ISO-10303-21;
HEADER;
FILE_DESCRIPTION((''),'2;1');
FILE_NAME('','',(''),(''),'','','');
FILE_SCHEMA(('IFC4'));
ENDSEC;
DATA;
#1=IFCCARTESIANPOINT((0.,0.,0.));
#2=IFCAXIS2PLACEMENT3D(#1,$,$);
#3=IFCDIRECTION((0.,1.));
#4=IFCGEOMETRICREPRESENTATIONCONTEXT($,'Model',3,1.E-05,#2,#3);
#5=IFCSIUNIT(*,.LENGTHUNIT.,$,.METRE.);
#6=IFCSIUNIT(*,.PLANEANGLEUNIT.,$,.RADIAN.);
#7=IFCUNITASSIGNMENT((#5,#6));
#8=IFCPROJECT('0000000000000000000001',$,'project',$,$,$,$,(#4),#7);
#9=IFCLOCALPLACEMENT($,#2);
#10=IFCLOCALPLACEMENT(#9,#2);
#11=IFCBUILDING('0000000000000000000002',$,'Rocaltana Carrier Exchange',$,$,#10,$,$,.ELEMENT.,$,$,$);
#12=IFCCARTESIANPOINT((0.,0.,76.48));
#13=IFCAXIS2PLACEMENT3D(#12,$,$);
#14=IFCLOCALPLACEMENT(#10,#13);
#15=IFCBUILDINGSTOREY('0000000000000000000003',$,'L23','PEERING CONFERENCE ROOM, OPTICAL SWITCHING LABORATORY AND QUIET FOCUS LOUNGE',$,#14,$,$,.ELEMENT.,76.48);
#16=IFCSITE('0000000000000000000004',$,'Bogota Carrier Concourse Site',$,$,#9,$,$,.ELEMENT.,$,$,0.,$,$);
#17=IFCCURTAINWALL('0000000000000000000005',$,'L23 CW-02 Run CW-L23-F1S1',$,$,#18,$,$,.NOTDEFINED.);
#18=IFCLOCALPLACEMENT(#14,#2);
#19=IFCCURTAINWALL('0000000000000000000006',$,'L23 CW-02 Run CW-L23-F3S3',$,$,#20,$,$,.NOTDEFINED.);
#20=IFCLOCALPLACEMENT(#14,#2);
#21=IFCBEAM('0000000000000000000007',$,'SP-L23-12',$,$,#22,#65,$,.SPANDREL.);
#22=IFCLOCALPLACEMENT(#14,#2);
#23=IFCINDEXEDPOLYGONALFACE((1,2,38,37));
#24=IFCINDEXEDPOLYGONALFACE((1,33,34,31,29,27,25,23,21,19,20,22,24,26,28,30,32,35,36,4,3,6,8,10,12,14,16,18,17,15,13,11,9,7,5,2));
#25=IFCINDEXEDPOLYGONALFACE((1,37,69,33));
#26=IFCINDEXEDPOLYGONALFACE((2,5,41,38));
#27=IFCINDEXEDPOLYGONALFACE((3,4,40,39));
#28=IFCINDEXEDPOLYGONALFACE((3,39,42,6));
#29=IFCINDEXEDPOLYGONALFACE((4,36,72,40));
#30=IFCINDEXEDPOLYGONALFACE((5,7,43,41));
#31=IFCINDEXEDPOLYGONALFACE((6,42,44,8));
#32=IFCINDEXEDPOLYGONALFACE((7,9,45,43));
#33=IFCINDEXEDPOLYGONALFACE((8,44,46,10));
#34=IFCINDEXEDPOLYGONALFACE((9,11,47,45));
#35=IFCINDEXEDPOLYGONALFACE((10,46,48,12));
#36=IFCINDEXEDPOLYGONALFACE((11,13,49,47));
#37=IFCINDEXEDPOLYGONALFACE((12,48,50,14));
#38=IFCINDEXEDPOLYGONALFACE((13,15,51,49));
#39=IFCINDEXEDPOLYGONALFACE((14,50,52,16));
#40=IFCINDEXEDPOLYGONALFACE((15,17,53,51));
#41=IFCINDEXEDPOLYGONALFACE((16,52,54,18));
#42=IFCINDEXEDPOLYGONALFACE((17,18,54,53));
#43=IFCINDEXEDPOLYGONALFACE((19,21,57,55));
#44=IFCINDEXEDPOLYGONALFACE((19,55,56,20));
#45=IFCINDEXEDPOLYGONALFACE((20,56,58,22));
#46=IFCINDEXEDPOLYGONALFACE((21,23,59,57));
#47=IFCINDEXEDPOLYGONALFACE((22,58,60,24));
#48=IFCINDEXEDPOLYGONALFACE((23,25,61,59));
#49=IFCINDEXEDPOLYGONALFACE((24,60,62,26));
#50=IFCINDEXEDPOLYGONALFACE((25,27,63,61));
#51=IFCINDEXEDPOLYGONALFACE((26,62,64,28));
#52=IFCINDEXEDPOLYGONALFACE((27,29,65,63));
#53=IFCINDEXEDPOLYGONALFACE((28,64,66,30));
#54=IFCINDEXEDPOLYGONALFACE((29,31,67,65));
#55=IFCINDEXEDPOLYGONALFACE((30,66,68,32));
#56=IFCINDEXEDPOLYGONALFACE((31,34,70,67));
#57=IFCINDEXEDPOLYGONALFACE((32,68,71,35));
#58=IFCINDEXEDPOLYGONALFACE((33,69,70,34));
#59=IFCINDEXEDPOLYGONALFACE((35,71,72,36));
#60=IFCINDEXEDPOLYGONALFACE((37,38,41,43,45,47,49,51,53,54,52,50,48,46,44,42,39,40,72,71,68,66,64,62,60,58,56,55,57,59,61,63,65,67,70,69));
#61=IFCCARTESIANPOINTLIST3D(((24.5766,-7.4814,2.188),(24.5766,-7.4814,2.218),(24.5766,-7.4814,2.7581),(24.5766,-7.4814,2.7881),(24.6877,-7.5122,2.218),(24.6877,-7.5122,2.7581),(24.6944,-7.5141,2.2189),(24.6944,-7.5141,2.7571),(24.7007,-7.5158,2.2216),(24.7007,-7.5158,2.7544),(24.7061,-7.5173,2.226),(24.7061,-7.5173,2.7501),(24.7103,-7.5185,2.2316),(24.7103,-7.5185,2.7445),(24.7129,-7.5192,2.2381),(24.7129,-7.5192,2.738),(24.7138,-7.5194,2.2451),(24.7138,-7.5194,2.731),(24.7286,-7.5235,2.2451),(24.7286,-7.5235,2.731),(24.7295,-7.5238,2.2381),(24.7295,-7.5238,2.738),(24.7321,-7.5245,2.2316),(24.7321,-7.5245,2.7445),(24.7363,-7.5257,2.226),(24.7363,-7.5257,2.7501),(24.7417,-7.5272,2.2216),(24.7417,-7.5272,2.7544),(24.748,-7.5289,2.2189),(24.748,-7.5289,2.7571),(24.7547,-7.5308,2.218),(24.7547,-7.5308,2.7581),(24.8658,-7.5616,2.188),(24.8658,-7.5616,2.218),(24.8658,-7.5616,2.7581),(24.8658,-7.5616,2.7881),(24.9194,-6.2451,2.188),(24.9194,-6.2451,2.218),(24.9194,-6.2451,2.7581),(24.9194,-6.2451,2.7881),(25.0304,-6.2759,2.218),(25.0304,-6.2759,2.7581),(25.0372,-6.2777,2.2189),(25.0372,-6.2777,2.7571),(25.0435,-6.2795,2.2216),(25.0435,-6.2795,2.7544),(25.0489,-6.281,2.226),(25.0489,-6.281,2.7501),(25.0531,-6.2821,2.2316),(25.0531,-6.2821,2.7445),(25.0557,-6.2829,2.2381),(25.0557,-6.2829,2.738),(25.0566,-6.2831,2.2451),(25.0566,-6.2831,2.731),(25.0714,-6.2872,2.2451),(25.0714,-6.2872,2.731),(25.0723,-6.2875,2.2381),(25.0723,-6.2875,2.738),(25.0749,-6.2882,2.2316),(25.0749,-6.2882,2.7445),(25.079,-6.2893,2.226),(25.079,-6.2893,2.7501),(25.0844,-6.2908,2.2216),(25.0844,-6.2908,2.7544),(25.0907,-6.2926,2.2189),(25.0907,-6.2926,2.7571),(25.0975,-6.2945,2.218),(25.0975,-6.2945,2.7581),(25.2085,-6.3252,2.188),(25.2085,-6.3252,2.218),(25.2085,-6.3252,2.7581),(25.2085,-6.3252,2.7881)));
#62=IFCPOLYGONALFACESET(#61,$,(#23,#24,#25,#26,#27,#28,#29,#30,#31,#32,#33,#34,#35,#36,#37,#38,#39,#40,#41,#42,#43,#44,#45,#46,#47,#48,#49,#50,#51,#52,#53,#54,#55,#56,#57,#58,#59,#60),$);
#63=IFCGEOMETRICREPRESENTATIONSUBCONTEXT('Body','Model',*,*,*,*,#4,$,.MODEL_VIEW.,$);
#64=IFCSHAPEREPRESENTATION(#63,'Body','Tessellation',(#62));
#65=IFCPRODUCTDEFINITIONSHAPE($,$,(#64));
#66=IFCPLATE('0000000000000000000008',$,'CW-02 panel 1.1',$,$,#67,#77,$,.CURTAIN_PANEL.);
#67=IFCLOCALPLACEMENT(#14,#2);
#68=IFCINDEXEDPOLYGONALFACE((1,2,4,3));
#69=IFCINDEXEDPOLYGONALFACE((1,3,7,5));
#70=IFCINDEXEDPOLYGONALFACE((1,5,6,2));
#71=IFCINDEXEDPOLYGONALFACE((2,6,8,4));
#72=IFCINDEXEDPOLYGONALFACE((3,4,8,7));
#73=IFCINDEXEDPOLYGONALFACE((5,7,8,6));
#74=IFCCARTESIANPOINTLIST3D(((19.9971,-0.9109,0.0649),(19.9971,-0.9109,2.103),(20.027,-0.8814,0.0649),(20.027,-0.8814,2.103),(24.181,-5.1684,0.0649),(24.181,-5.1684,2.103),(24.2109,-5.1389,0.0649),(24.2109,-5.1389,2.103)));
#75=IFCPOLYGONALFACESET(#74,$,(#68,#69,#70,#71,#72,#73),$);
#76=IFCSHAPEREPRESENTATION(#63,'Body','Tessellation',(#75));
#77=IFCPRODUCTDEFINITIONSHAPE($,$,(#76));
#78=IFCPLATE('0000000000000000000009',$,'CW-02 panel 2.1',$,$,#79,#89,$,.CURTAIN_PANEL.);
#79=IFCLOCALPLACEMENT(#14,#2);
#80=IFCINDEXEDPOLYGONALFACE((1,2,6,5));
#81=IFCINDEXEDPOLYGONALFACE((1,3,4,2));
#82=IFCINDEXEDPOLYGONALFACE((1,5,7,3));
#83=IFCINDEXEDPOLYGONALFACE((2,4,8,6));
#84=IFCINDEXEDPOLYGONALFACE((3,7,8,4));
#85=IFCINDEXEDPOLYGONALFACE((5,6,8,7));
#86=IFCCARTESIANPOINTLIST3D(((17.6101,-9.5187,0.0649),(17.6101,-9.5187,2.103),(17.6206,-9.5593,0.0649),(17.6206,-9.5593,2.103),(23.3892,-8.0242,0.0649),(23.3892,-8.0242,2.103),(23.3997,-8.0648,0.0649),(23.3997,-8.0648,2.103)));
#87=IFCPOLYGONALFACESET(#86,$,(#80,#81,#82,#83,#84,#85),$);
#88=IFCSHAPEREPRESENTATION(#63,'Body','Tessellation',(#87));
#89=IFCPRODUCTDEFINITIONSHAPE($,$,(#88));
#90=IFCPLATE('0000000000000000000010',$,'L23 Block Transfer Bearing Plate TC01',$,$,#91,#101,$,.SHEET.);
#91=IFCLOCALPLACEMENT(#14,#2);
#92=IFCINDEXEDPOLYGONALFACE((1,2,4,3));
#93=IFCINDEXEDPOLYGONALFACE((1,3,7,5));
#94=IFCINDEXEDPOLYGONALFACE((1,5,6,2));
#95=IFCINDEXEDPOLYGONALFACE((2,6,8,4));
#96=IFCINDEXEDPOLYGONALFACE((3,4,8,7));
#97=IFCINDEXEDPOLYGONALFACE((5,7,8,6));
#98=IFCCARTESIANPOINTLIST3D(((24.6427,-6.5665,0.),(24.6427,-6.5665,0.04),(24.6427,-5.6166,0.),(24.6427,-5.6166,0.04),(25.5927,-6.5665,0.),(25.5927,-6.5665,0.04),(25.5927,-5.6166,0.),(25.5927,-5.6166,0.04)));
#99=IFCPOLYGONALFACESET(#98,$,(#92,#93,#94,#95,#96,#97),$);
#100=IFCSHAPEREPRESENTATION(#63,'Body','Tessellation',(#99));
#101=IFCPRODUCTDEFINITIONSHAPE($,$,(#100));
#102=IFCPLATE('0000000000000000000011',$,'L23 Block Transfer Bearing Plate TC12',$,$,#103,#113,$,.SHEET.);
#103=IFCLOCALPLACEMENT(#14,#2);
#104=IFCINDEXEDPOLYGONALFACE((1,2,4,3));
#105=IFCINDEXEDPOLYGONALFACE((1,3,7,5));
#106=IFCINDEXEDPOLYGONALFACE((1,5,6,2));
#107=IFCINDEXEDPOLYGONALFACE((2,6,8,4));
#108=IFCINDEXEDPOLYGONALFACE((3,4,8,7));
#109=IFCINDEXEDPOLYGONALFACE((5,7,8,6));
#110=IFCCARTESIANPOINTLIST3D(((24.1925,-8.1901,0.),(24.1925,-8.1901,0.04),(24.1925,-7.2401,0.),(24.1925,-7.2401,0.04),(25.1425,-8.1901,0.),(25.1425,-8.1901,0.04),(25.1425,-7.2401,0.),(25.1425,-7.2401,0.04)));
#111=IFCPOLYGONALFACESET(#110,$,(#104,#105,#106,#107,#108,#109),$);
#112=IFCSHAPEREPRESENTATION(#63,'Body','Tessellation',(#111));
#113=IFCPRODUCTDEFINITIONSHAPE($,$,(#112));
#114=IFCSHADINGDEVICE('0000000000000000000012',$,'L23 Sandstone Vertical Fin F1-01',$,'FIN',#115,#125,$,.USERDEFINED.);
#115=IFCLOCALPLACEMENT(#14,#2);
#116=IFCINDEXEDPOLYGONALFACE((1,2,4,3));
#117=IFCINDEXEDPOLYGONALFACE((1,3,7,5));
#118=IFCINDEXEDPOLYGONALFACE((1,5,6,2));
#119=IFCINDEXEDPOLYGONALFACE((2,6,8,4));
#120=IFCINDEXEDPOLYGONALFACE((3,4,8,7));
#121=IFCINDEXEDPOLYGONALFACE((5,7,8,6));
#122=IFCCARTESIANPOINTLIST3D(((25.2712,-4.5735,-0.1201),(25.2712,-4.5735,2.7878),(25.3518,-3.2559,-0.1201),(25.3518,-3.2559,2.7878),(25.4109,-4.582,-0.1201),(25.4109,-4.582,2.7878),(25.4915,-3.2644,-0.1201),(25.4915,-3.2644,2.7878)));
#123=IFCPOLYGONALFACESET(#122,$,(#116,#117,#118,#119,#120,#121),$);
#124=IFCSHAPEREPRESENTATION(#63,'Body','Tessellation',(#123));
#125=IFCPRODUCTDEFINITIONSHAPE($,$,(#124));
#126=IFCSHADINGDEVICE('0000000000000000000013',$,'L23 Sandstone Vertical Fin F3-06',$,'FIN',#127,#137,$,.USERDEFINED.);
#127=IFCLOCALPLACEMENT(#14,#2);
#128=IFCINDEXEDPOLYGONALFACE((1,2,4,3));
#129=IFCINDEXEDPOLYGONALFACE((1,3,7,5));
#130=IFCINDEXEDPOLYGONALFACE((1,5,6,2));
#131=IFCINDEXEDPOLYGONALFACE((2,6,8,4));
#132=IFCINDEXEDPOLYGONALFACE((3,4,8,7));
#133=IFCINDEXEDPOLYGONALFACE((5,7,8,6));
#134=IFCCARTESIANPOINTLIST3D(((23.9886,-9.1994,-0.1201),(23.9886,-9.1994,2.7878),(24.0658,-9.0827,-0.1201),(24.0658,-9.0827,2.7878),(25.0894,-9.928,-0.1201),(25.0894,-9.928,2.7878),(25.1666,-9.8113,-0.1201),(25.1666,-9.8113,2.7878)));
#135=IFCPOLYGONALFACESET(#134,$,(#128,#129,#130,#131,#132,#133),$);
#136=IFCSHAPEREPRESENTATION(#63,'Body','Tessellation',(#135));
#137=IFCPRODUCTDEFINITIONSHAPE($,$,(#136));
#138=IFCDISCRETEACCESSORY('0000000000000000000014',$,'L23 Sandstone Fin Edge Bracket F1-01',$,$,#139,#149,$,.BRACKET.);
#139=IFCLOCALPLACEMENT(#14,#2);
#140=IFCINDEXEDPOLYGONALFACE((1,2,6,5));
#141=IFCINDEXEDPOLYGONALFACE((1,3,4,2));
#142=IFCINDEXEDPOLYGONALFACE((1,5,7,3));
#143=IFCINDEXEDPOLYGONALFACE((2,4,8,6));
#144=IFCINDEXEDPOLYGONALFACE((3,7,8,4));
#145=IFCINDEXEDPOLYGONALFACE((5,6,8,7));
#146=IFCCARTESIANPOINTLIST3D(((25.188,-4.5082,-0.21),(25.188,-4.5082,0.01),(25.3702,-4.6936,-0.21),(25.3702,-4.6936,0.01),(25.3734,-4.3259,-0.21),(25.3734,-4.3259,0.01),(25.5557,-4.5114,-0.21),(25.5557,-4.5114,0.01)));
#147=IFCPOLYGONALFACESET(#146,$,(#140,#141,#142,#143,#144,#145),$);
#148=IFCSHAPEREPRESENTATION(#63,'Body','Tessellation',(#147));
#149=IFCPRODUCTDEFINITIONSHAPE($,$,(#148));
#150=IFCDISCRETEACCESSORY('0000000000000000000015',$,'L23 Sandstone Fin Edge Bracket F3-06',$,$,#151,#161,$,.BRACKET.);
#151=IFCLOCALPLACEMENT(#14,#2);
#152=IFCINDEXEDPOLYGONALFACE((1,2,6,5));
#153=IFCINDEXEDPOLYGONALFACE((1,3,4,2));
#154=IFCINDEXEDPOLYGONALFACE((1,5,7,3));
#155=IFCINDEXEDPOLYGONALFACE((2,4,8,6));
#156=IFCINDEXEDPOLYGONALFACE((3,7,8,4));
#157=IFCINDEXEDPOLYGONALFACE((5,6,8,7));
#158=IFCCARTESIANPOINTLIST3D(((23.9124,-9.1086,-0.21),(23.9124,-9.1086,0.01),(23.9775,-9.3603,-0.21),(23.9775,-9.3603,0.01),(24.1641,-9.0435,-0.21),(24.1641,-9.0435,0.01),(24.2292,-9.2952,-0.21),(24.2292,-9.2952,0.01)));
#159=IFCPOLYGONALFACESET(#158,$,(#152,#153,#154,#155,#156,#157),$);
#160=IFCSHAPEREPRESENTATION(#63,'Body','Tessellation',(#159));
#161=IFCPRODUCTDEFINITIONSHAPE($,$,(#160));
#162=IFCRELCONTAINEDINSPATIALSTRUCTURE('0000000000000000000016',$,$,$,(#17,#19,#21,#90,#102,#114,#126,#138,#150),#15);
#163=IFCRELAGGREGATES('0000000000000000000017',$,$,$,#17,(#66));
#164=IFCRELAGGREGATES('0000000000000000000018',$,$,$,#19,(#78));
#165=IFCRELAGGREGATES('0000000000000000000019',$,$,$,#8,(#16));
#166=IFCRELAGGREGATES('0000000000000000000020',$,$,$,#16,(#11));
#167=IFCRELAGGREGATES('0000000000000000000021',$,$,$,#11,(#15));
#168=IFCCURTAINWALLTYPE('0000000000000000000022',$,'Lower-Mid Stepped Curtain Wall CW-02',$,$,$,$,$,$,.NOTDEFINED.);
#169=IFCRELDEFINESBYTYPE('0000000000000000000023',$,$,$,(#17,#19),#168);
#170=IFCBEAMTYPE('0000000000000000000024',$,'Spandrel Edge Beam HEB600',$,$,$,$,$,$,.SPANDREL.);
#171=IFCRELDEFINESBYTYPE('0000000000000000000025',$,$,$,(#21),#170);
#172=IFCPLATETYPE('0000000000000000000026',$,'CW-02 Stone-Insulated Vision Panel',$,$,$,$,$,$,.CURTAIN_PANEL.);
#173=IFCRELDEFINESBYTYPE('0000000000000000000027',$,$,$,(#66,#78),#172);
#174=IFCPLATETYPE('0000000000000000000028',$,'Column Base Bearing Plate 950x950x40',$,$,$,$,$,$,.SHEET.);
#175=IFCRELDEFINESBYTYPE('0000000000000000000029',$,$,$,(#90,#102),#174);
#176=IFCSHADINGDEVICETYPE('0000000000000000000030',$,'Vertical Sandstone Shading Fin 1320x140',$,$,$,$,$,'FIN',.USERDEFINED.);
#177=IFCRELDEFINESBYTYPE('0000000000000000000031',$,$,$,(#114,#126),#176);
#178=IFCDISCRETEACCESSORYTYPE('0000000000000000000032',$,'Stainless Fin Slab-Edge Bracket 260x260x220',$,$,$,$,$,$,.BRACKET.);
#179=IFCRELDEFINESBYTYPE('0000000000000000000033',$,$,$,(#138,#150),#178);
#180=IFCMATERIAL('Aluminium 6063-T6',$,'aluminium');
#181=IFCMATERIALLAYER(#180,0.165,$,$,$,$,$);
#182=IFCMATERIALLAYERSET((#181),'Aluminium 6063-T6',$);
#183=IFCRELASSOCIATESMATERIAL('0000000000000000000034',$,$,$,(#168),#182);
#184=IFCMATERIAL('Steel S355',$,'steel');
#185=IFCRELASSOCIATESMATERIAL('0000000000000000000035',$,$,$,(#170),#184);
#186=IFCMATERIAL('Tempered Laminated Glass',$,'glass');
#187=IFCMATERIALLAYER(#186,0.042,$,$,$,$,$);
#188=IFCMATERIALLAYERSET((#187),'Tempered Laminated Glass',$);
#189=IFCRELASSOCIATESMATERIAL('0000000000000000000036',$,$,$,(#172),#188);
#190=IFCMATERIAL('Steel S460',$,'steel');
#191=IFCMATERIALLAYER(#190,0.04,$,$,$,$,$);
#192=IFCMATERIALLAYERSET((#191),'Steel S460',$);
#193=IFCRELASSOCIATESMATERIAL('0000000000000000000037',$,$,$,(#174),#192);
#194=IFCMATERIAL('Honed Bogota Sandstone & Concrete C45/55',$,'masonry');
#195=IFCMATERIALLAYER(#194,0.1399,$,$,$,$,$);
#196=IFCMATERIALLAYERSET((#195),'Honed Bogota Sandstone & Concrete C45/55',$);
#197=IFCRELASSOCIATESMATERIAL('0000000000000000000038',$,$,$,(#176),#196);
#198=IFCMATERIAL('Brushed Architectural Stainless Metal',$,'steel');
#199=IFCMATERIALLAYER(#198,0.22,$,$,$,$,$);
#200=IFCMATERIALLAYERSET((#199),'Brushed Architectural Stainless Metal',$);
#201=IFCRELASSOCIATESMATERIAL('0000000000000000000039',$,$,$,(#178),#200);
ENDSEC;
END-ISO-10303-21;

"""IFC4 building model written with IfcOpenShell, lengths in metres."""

from ifc_helpers import new_model, si_unit, direction, frame, origin, origin_2d, place, context, subcontext, project, spatial, rectangle, i_section, extrude, material, layer, layer_set, material_profile, profile_set, type_object, element, aggregate, save


model = new_model("IFC4")

# Units and contexts
model_context = context("Model", 3, precision=1e-05, world=origin(), true_north=direction((0.0, 1.0)))
body_context = subcontext(model_context, "Body", "Model", "MODEL_VIEW")
ifc_project = project(units=[si_unit("LENGTHUNIT", "METRE"), si_unit("PLANEANGLEUNIT", "RADIAN")], contexts=[model_context])

# Site, building, storey
site_placement = place(None, origin())
site = spatial("IfcSite", under=ifc_project, at=site_placement, Name="Bogota Carrier Concourse Site", CompositionType="ELEMENT", RefElevation=0.0)
building_placement = place(site_placement, origin())
building = spatial("IfcBuilding", under=site, at=building_placement, Name="Rocaltana Carrier Exchange", CompositionType="ELEMENT")
storey_placement = place(building_placement, frame((0.0, 0.0, 76.48)))
storey = spatial("IfcBuildingStorey", under=building, at=storey_placement, Name="L23", Description="PEERING CONFERENCE ROOM, OPTICAL SWITCHING LABORATORY AND QUIET FOCUS LOUNGE", CompositionType="ELEMENT", Elevation=76.48)

# Curtain wall
ifc_material_1 = material(Name="Aluminium 6063-T6", Category="aluminium")
ifc_layer_1 = layer(ifc_material_1, 0.165)
ifc_layer_set_1 = layer_set([ifc_layer_1], Name="Aluminium 6063-T6")
curtain_wall_type = type_object("IfcCurtainWallType", Name="Lower-Mid Stepped Curtain Wall CW-02", PredefinedType="NOTDEFINED", material=ifc_layer_set_1)
curtain_wall_1_placement = place(storey_placement, origin())
curtain_wall_1 = element("IfcCurtainWall", 1, at=curtain_wall_1_placement, inside=storey, type_object=curtain_wall_type, Name="L23 CW-02 Run CW-L23-F1S1", PredefinedType="NOTDEFINED")

# Curtain wall
curtain_wall_2_placement = place(storey_placement, origin())
curtain_wall_2 = element("IfcCurtainWall", 2, at=curtain_wall_2_placement, inside=storey, type_object=curtain_wall_type, Name="L23 CW-02 Run CW-L23-F3S3", PredefinedType="NOTDEFINED")

# Beam
ifc_material_2 = material(Name="Steel S355", Category="steel")
ifc_material_profile_1 = material_profile(ifc_material_2, i_section(OverallWidth=0.3, OverallDepth=0.6001, WebThickness=0.0154, FlangeThickness=0.03, FilletRadius=0.0271, at=origin_2d()), Name="HEB600")
ifc_profile_set_1 = profile_set([ifc_material_profile_1], Name="Steel S355")
beam_type_1 = type_object("IfcBeamType", Name="Spandrel Edge Beam HEB600", PredefinedType="SPANDREL", material=ifc_profile_set_1)
beam_1_placement = place(storey_placement, frame((24.7212, -7.5215, 2.488), z_axis=(0.267173, 0.963649, 0.0), x_axis=(-0.963649, 0.267173, 0.0)))
element("IfcBeam", 3, at=beam_1_placement, inside=storey, type_object=beam_type_1, Name="SP-L23-12", PredefinedType="SPANDREL", context=body_context, shape_type="SweptSolid", body=[
    extrude(i_section(OverallWidth=0.3, OverallDepth=0.6001, WebThickness=0.0154, FlangeThickness=0.03, FilletRadius=0.0271, at=origin_2d()), origin(), (0.0, 0.0, 1.0), 1.283),
])

# Plates
ifc_material_3 = material(Name="Tempered Laminated Glass", Category="glass")
ifc_layer_2 = layer(ifc_material_3, 0.042)
ifc_layer_set_2 = layer_set([ifc_layer_2], Name="Tempered Laminated Glass")
plate_type_1 = type_object("IfcPlateType", Name="CW-02 Stone-Insulated Vision Panel", PredefinedType="CURTAIN_PANEL", material=ifc_layer_set_2)
plate_1_placement = place(storey_placement, frame((22.104, -3.0249, 0.0649), z_axis=(0.0, 0.0, 1.0), x_axis=(-0.700915, 0.713245, 0.0)))
plate_1 = element("IfcPlate", 4, at=plate_1_placement, type_object=plate_type_1, Name="CW-02 panel 1.1", PredefinedType="CURTAIN_PANEL", context=body_context, shape_type="SweptSolid", body=[
    extrude(rectangle(XDim=5.9692, YDim=0.042, at=origin_2d()), origin(), (0.0, 0.0, 1.0), 2.0381),
])
aggregate(curtain_wall_1, [plate_1])
plate_2_placement = place(storey_placement, frame((20.5049, -8.7917, 0.0649), z_axis=(0.0, 0.0, 1.0), x_axis=(0.96815, 0.25037, 0.0)))
plate_2 = element("IfcPlate", 5, at=plate_2_placement, type_object=plate_type_1, Name="CW-02 panel 2.1", PredefinedType="CURTAIN_PANEL", context=body_context, shape_type="SweptSolid", body=[
    extrude(rectangle(XDim=5.9692, YDim=0.042, at=origin_2d()), origin(), (0.0, 0.0, 1.0), 2.0381),
])
aggregate(curtain_wall_2, [plate_2])

# Plates
ifc_material_4 = material(Name="Steel S460", Category="steel")
ifc_layer_3 = layer(ifc_material_4, 0.04)
ifc_layer_set_3 = layer_set([ifc_layer_3], Name="Steel S460")
plate_type_2 = type_object("IfcPlateType", Name="Column Base Bearing Plate 950x950x40", PredefinedType="SHEET", material=ifc_layer_set_3)
for number, where, z_axis, x_axis, name in (
    (6, (25.1177, -6.0916, 0.0), (0.0, 0.0, 1.0), (1.0, 0.0, 0.0), "L23 Block Transfer Bearing Plate TC01"),
    (7, (24.6675, -7.7151, 0.0), (0.0, 0.0, 1.0), (1.0, 0.0, 0.0), "L23 Block Transfer Bearing Plate TC12"),
):
    element("IfcPlate", number, at=place(storey_placement, frame(where, z_axis=z_axis, x_axis=x_axis)), inside=storey, type_object=plate_type_2, Name=name, PredefinedType="SHEET", context=body_context, shape_type="SweptSolid", body=[
        extrude(rectangle(XDim=0.95, YDim=0.95, at=origin_2d()), origin(), (0.0, 0.0, 1.0), 0.04),
    ])

# Shading devices
ifc_material_5 = material(Name="Honed Bogota Sandstone & Concrete C45/55", Category="masonry")
ifc_layer_4 = layer(ifc_material_5, 0.1399)
ifc_layer_set_4 = layer_set([ifc_layer_4], Name="Honed Bogota Sandstone & Concrete C45/55")
shading_device_type = type_object("IfcShadingDeviceType", Name="Vertical Sandstone Shading Fin 1320x140", ElementType="FIN", PredefinedType="USERDEFINED", material=ifc_layer_set_4)
for number, where, z_axis, x_axis, name in (
    (8, (25.3813, -3.9189, -0.1201), (0.0, 0.0, 1.0), (0.061049, 0.998135, 0.0), "L23 Sandstone Vertical Fin F1-01"),
    (9, (24.5776, -9.5054, -0.1201), (0.0, 0.0, 1.0), (0.833886, -0.551937, 0.0), "L23 Sandstone Vertical Fin F3-06"),
):
    element("IfcShadingDevice", number, at=place(storey_placement, frame(where, z_axis=z_axis, x_axis=x_axis)), inside=storey, type_object=shading_device_type, Name=name, ObjectType="FIN", PredefinedType="USERDEFINED", context=body_context, shape_type="SweptSolid", body=[
        extrude(rectangle(XDim=1.3201, YDim=0.1399, at=origin_2d()), origin(), (0.0, 0.0, 1.0), 2.908),
    ])

# Discrete accessories
ifc_material_6 = material(Name="Brushed Architectural Stainless Metal", Category="steel")
ifc_layer_5 = layer(ifc_material_6, 0.22)
ifc_layer_set_5 = layer_set([ifc_layer_5], Name="Brushed Architectural Stainless Metal")
discrete_accessory_type = type_object("IfcDiscreteAccessoryType", Name="Stainless Fin Slab-Edge Bracket 260x260x220", PredefinedType="BRACKET", material=ifc_layer_set_5)
for number, where, z_axis, x_axis, name in (
    (10, (25.3718, -4.5098, -0.21), (0.0, 0.0, 1.0), (-0.700909, 0.71325, 0.0), "L23 Sandstone Fin Edge Bracket F1-01"),
    (11, (24.0708, -9.2019, -0.21), (0.0, 0.0, 1.0), (0.968148, 0.25038, 0.0), "L23 Sandstone Fin Edge Bracket F3-06"),
):
    element("IfcDiscreteAccessory", number, at=place(storey_placement, frame(where, z_axis=z_axis, x_axis=x_axis)), inside=storey, type_object=discrete_accessory_type, Name=name, PredefinedType="BRACKET", context=body_context, shape_type="SweptSolid", body=[
        extrude(rectangle(XDim=0.26, YDim=0.26, at=origin_2d()), origin(), (0.0, 0.0, 1.0), 0.22),
    ])

save(model, "model.ifc")
